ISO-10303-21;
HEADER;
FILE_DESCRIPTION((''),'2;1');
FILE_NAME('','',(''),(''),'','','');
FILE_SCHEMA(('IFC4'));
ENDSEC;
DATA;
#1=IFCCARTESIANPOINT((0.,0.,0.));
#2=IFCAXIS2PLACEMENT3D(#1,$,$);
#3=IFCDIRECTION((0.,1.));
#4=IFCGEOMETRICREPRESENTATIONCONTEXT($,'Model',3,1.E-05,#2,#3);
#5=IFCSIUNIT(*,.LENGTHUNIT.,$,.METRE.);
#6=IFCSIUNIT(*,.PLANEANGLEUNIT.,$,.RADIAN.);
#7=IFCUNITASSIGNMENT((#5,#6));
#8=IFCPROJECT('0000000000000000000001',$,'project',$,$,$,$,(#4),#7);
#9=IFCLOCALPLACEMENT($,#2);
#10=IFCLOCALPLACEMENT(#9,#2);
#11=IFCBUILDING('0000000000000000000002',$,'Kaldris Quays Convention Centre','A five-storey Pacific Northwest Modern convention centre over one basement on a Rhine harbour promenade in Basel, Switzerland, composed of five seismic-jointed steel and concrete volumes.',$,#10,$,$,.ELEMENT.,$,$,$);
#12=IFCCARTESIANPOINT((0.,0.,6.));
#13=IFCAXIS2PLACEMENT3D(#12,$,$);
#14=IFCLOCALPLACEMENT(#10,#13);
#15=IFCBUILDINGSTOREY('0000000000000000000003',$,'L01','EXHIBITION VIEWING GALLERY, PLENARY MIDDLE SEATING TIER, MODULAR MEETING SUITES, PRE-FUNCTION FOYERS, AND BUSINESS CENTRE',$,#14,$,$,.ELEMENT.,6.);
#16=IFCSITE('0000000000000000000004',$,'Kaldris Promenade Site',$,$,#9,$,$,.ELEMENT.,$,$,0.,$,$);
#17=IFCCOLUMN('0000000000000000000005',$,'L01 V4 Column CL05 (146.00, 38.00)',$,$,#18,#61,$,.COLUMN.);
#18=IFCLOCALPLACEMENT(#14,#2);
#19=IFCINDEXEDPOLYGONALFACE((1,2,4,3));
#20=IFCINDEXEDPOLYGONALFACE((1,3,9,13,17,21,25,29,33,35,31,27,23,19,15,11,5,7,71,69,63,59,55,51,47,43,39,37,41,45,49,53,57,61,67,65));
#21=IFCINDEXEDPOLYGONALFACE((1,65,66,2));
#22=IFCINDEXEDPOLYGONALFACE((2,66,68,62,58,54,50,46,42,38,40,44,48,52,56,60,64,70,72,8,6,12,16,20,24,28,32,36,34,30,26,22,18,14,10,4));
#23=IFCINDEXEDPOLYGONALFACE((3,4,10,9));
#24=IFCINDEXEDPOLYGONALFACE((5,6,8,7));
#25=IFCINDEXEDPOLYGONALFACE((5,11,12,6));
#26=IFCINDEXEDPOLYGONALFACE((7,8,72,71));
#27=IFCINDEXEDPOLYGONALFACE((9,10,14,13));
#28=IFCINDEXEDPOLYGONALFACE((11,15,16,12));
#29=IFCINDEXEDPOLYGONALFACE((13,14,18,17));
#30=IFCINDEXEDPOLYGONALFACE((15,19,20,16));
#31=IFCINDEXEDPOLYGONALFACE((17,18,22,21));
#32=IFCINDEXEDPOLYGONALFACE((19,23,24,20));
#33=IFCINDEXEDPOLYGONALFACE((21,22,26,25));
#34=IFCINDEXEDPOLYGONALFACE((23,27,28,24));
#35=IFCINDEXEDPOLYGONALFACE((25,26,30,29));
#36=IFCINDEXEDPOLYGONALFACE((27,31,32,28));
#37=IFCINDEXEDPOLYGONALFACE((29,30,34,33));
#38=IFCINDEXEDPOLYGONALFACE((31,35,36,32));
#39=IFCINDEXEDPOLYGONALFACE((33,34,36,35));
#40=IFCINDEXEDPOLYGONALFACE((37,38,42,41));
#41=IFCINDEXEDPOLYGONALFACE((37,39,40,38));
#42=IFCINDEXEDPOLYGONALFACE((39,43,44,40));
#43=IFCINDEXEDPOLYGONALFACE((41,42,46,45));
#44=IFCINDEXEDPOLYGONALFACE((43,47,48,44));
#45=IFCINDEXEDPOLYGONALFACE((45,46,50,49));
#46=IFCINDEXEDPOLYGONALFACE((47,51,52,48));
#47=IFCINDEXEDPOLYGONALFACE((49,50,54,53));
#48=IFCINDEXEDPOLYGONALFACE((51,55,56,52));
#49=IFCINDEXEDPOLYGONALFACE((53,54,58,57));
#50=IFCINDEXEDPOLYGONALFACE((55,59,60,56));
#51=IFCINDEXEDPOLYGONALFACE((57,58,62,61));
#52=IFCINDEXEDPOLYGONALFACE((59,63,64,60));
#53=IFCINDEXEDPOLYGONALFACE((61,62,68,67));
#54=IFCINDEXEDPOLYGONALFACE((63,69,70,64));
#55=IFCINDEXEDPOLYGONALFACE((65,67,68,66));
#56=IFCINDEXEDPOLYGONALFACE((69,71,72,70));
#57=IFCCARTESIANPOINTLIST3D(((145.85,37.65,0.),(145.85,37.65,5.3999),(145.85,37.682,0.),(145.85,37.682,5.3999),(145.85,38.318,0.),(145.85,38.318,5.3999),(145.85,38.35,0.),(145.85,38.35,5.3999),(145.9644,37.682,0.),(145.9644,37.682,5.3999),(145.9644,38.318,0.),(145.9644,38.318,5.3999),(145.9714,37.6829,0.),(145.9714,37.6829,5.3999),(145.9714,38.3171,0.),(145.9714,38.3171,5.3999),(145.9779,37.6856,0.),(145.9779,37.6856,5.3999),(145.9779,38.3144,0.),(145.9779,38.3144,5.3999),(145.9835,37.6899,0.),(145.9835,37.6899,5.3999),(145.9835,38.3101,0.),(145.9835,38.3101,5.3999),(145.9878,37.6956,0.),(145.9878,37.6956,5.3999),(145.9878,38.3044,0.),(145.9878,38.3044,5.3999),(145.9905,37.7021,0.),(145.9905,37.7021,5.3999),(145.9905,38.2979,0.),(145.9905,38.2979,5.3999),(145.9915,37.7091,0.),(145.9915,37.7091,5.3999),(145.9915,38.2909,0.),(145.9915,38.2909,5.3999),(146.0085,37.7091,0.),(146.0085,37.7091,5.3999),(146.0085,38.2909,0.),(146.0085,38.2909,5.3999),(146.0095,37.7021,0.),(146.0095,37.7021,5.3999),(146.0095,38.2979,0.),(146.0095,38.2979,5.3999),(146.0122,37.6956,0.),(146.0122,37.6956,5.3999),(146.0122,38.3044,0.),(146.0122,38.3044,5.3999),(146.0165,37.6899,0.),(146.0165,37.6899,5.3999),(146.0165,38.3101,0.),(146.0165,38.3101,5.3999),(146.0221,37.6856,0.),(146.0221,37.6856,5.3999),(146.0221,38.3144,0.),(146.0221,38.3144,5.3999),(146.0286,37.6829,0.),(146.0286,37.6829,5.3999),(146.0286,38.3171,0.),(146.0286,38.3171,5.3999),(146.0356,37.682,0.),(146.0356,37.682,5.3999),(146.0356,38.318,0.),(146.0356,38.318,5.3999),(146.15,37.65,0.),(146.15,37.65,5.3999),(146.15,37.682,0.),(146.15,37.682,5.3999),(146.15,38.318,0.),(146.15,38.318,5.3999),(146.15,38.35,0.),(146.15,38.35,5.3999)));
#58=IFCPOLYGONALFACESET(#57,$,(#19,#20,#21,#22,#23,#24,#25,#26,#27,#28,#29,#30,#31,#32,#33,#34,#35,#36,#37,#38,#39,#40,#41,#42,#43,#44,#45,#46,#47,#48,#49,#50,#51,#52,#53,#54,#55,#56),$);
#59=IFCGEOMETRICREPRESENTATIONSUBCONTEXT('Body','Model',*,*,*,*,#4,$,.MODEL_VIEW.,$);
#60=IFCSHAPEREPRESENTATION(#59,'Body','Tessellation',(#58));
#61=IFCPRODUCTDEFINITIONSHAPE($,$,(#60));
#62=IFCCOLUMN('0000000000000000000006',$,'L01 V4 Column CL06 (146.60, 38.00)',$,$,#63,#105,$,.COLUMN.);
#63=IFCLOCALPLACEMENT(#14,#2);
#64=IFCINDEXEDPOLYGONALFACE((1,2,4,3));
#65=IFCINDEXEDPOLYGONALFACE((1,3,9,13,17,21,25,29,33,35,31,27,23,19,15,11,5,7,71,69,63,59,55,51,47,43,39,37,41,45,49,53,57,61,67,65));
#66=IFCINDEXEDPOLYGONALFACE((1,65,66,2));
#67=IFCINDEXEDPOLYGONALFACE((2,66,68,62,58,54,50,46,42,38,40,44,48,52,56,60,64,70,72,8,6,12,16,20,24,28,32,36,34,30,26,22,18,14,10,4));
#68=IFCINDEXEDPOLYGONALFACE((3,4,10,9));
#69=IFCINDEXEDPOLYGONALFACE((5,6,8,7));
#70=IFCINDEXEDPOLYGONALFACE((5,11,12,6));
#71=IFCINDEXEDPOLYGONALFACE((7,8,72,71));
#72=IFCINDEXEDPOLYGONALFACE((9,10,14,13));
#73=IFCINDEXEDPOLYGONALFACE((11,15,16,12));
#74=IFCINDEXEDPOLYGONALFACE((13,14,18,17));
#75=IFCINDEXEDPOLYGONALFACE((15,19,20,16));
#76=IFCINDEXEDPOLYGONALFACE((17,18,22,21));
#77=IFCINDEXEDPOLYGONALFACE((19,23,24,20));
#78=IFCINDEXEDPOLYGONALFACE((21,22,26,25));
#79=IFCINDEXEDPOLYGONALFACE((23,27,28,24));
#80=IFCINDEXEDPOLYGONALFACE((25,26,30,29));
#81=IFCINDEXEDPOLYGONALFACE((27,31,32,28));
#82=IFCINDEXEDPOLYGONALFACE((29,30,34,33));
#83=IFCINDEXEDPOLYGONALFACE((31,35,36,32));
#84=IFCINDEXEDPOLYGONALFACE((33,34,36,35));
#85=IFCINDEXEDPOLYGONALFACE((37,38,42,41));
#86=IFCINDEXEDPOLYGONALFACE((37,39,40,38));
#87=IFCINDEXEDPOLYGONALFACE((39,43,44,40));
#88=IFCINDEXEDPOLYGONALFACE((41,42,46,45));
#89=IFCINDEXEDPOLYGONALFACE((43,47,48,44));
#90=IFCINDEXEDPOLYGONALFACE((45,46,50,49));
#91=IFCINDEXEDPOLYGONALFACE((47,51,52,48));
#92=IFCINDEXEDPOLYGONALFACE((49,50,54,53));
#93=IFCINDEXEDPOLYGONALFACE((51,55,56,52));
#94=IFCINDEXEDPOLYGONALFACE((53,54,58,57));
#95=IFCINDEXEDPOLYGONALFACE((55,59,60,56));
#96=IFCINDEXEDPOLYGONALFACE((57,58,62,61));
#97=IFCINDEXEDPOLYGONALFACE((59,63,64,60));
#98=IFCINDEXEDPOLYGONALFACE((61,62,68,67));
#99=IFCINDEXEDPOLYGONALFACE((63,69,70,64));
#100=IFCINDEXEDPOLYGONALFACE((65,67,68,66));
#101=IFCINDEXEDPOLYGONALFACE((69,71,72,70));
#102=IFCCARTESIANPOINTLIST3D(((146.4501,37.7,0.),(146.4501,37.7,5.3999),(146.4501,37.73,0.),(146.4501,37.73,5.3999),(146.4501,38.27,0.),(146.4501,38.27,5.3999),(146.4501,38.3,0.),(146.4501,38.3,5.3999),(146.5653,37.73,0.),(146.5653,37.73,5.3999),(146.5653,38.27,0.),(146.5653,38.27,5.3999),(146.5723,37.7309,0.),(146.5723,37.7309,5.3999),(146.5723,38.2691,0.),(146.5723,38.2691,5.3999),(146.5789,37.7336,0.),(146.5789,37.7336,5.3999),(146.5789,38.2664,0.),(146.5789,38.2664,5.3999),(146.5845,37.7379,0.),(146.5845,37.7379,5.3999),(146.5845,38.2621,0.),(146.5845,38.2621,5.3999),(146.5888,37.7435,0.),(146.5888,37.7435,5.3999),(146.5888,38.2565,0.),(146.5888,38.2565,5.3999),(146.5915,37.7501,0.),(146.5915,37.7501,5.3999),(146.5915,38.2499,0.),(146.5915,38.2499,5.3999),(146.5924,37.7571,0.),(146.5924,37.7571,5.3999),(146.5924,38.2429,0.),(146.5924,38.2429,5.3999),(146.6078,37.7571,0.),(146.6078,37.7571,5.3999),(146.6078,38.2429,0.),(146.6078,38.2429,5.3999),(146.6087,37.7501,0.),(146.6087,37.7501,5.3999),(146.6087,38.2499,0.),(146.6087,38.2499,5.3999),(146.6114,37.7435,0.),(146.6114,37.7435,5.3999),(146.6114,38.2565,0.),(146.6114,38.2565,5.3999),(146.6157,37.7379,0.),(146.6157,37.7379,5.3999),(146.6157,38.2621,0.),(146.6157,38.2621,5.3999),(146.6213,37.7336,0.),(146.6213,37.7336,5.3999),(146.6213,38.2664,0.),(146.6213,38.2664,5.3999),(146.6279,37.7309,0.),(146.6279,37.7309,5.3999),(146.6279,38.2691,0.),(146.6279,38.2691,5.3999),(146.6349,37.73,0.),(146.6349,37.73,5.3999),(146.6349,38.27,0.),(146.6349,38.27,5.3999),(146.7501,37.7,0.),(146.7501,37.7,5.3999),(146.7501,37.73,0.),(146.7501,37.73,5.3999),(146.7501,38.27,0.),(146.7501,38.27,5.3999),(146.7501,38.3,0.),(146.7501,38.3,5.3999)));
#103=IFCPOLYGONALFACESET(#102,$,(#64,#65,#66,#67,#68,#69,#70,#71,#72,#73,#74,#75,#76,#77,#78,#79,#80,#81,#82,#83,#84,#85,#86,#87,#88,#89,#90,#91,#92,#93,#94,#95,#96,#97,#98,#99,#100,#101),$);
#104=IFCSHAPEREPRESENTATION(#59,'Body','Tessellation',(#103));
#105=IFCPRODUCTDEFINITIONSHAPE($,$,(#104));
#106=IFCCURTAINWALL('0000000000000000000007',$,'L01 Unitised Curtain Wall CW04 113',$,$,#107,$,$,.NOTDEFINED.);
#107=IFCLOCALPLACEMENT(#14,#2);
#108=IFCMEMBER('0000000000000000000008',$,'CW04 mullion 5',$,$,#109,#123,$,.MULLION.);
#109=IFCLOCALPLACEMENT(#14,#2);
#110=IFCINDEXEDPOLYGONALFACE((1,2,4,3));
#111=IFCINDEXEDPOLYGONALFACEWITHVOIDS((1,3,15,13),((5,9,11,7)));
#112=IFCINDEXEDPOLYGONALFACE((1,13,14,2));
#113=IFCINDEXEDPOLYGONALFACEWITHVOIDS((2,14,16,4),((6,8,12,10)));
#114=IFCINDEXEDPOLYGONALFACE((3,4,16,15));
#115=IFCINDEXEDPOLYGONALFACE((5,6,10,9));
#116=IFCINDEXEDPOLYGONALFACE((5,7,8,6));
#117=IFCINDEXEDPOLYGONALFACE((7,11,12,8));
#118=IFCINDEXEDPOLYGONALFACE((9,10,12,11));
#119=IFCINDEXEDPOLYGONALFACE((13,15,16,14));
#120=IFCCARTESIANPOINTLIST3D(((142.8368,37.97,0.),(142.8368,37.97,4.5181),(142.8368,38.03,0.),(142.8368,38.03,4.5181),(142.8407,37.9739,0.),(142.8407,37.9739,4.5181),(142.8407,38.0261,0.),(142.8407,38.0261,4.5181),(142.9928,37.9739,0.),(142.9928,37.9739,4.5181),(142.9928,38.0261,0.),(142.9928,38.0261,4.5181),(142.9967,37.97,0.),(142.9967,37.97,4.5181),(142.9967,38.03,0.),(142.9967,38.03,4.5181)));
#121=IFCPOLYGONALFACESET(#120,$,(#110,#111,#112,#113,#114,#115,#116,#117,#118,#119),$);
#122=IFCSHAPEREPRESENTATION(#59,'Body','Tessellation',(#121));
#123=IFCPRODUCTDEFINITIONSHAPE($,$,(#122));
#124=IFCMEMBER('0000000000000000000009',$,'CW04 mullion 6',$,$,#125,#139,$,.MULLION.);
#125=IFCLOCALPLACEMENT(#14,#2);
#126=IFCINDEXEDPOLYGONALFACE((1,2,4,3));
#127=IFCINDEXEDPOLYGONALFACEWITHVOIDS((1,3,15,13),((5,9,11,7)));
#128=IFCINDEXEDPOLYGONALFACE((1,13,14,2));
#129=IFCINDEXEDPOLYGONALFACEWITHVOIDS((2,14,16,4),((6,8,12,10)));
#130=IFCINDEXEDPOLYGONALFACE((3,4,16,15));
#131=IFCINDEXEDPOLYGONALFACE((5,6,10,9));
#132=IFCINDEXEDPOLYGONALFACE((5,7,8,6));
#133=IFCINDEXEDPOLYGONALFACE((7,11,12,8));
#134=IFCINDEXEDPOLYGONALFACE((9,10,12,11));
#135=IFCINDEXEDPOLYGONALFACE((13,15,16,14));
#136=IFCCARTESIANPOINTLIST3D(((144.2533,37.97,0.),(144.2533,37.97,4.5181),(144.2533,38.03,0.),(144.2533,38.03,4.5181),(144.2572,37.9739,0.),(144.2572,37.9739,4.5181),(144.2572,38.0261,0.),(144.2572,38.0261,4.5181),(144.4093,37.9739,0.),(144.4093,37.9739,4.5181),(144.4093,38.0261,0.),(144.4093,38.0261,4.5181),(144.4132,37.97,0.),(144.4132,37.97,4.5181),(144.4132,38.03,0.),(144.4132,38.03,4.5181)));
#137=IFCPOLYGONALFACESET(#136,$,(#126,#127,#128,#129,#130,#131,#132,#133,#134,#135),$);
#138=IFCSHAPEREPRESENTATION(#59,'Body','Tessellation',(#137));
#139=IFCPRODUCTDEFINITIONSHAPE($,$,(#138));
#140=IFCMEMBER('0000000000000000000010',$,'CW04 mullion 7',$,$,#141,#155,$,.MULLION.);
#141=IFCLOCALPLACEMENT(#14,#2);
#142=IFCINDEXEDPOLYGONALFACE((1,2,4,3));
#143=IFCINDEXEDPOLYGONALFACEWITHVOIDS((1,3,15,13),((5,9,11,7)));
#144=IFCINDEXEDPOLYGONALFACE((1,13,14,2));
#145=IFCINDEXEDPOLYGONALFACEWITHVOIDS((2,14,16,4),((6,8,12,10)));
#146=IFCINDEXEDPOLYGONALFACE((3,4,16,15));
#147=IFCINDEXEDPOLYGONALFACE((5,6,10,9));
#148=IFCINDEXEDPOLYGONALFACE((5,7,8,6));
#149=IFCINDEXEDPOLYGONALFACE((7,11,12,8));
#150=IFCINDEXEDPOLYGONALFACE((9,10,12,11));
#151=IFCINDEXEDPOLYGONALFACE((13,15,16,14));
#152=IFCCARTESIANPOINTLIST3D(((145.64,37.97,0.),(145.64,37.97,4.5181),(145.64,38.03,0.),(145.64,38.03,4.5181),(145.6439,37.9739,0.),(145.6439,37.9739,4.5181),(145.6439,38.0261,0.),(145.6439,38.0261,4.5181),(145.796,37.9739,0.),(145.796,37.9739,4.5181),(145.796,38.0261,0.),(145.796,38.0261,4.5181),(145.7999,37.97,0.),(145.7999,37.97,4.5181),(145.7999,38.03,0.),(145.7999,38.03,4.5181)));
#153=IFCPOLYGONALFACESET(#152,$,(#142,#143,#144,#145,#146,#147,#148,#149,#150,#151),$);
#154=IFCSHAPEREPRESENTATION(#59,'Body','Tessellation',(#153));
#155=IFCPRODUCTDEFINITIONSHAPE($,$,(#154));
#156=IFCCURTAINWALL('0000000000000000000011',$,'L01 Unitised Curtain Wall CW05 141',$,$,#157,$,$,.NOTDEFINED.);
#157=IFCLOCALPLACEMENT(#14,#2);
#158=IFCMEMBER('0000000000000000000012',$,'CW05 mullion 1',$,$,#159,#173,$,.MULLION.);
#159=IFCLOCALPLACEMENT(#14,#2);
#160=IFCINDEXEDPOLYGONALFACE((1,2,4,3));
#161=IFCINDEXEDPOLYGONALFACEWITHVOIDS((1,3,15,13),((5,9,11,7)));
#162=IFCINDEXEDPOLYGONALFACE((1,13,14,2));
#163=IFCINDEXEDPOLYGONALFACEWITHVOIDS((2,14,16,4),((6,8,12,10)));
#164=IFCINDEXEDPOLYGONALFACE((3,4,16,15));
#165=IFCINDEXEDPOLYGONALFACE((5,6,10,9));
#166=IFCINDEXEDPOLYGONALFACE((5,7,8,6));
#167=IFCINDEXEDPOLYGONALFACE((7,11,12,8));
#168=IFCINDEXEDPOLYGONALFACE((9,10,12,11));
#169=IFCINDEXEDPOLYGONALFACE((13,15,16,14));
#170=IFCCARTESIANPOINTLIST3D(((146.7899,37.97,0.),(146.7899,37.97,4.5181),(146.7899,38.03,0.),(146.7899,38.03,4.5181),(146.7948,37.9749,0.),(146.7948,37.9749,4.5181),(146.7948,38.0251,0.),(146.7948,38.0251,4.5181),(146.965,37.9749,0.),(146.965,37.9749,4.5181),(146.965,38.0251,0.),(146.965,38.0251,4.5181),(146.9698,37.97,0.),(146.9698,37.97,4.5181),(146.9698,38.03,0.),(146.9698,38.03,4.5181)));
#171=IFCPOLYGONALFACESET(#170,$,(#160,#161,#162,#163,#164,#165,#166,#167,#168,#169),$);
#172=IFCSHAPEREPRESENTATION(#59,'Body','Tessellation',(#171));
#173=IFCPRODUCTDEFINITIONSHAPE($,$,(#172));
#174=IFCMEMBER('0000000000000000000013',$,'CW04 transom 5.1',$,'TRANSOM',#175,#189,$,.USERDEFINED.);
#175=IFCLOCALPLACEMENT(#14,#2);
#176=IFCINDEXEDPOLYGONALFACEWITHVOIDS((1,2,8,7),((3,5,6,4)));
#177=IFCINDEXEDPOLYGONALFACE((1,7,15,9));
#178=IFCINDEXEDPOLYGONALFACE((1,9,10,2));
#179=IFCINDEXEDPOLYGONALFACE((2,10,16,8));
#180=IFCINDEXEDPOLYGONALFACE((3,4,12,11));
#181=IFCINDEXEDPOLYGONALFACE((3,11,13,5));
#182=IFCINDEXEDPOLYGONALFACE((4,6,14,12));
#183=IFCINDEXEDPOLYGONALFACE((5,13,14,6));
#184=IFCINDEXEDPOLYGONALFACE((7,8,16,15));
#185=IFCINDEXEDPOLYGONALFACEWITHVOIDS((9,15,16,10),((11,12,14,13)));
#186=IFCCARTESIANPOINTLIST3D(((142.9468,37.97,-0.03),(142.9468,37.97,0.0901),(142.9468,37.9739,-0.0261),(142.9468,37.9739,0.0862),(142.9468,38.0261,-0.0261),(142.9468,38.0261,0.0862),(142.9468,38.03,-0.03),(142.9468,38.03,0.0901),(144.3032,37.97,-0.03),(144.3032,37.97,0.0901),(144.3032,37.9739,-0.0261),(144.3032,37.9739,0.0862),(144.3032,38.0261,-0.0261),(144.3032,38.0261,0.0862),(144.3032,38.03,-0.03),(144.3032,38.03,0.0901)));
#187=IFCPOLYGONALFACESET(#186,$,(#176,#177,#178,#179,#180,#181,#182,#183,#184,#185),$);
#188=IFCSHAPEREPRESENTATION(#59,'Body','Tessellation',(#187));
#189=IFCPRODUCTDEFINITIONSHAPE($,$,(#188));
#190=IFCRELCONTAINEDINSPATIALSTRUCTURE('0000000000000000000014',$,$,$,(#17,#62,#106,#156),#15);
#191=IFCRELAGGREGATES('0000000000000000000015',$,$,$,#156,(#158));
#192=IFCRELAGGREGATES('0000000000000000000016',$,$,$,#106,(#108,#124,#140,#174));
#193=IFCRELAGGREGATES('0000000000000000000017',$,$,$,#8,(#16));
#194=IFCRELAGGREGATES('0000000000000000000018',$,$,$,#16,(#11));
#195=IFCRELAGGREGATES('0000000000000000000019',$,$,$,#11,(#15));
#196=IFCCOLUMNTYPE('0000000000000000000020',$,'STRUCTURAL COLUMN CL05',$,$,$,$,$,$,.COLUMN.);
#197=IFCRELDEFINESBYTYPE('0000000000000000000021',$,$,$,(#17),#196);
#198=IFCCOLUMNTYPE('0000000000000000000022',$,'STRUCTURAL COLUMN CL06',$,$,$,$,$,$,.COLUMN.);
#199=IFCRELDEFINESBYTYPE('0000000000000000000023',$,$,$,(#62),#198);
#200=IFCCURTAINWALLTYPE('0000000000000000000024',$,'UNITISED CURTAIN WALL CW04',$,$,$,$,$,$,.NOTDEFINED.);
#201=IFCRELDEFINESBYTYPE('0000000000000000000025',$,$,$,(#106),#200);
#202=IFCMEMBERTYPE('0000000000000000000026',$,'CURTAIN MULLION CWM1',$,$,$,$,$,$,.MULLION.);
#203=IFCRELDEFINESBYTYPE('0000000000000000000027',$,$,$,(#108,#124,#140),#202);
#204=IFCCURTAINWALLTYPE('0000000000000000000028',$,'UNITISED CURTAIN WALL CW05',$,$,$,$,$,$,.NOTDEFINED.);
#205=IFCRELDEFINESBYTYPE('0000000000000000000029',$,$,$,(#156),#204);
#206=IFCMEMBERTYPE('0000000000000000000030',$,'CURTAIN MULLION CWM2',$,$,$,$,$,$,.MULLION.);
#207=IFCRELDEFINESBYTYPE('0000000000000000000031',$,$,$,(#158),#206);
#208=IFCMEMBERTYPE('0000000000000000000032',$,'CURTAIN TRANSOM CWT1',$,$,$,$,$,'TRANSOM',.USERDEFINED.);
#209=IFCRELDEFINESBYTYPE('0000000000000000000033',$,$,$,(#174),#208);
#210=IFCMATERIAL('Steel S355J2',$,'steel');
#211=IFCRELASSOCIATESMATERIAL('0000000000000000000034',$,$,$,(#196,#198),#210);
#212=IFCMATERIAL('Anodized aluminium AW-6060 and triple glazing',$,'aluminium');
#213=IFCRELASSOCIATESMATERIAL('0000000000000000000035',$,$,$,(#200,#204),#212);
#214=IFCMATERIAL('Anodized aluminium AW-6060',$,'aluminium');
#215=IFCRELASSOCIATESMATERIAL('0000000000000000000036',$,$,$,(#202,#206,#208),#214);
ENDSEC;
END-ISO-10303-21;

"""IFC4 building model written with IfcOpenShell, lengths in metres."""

from ifc_helpers import new_model, si_unit, direction, frame, origin, origin_2d, place, context, subcontext, project, spatial, hollow_rectangle, i_section, extrude, material, material_profile, profile_set, type_object, element, aggregate, save


model = new_model("IFC4")

# Units and contexts
model_context = context("Model", 3, precision=1e-05, world=origin(), true_north=direction((0.0, 1.0)))
body_context = subcontext(model_context, "Body", "Model", "MODEL_VIEW")
ifc_project = project(units=[si_unit("LENGTHUNIT", "METRE"), si_unit("PLANEANGLEUNIT", "RADIAN")], contexts=[model_context])

# Site, building, storey
site_placement = place(None, origin())
site = spatial("IfcSite", under=ifc_project, at=site_placement, Name="Kaldris Promenade Site", CompositionType="ELEMENT", RefElevation=0.0)
building_placement = place(site_placement, origin())
building = spatial("IfcBuilding", under=site, at=building_placement, Name="Kaldris Quays Convention Centre", Description="A five-storey Pacific Northwest Modern convention centre over one basement on a Rhine harbour promenade in Basel, Switzerland, composed of five seismic-jointed steel and concrete volumes.", CompositionType="ELEMENT")
storey_placement = place(building_placement, frame((0.0, 0.0, 6.0)))
storey = spatial("IfcBuildingStorey", under=building, at=storey_placement, Name="L01", Description="EXHIBITION VIEWING GALLERY, PLENARY MIDDLE SEATING TIER, MODULAR MEETING SUITES, PRE-FUNCTION FOYERS, AND BUSINESS CENTRE", CompositionType="ELEMENT", Elevation=6.0)

# Columns
ifc_material_1 = material(Name="Steel S355J2", Category="steel")
ifc_material_profile_1 = material_profile(ifc_material_1, i_section(OverallWidth=0.3, OverallDepth=0.7, WebThickness=0.0171, FlangeThickness=0.032, FilletRadius=0.0271, at=origin_2d()), Name="HEB 700")
ifc_profile_set_1 = profile_set([ifc_material_profile_1], Name="Steel S355J2")
column_type_1 = type_object("IfcColumnType", Name="STRUCTURAL COLUMN CL05", PredefinedType="COLUMN", material=ifc_profile_set_1)
column_1_placement = place(storey_placement, frame((146.0, 38.0, 0.0), z_axis=(0.0, 0.0, 1.0), x_axis=(1.0, 0.0, 0.0)))
element("IfcColumn", 1, at=column_1_placement, inside=storey, type_object=column_type_1, Name="L01 V4 Column CL05 (146.00, 38.00)", PredefinedType="COLUMN", context=body_context, shape_type="SweptSolid", body=[
    extrude(i_section(OverallWidth=0.3, OverallDepth=0.7, WebThickness=0.0171, FlangeThickness=0.032, FilletRadius=0.0271, at=origin_2d()), origin(), (0.0, 0.0, 1.0), 5.3999),
])
ifc_material_profile_2 = material_profile(ifc_material_1, i_section(OverallWidth=0.3, OverallDepth=0.6001, WebThickness=0.0154, FlangeThickness=0.03, FilletRadius=0.0271, at=origin_2d()), Name="HEB 600")
ifc_profile_set_2 = profile_set([ifc_material_profile_2], Name="Steel S355J2")
column_type_2 = type_object("IfcColumnType", Name="STRUCTURAL COLUMN CL06", PredefinedType="COLUMN", material=ifc_profile_set_2)
column_2_placement = place(storey_placement, frame((146.6001, 38.0, 0.0), z_axis=(0.0, 0.0, 1.0), x_axis=(1.0, 0.0, 0.0)))
element("IfcColumn", 2, at=column_2_placement, inside=storey, type_object=column_type_2, Name="L01 V4 Column CL06 (146.60, 38.00)", PredefinedType="COLUMN", context=body_context, shape_type="SweptSolid", body=[
    extrude(i_section(OverallWidth=0.3, OverallDepth=0.6001, WebThickness=0.0154, FlangeThickness=0.03, FilletRadius=0.0271, at=origin_2d()), origin(), (0.0, 0.0, 1.0), 5.3999),
])

# Curtain wall, members
ifc_material_2 = material(Name="Anodized aluminium AW-6060 and triple glazing", Category="aluminium")
curtain_wall_type_1 = type_object("IfcCurtainWallType", Name="UNITISED CURTAIN WALL CW04", PredefinedType="NOTDEFINED", material=ifc_material_2)
curtain_wall_1_placement = place(storey_placement, origin())
curtain_wall_1 = element("IfcCurtainWall", 3, at=curtain_wall_1_placement, inside=storey, type_object=curtain_wall_type_1, Name="L01 Unitised Curtain Wall CW04 113", PredefinedType="NOTDEFINED")
ifc_material_3 = material(Name="Anodized aluminium AW-6060", Category="aluminium")
ifc_material_profile_3 = material_profile(ifc_material_3, hollow_rectangle(XDim=0.0601, YDim=0.1599, WallThickness=0.0039, at=origin_2d()), Name="RHS 160x60x4")
ifc_profile_set_3 = profile_set([ifc_material_profile_3], Name="Anodized aluminium AW-6060")
member_type_1 = type_object("IfcMemberType", Name="CURTAIN MULLION CWM1", PredefinedType="MULLION", material=ifc_profile_set_3)
member_1_placement = place(storey_placement, frame((142.9167, 38.0, 0.0), z_axis=(0.0, 0.0, 1.0), x_axis=(0.0, 1.0, 0.0)))
member_1 = element("IfcMember", 4, at=member_1_placement, type_object=member_type_1, Name="CW04 mullion 5", PredefinedType="MULLION", context=body_context, shape_type="SweptSolid", body=[
    extrude(hollow_rectangle(XDim=0.0601, YDim=0.1599, WallThickness=0.0039, at=origin_2d()), origin(), (0.0, 0.0, 1.0), 4.5181),
])
member_2_placement = place(storey_placement, frame((144.3333, 38.0, 0.0), z_axis=(0.0, 0.0, 1.0), x_axis=(0.0, 1.0, 0.0)))
member_2 = element("IfcMember", 5, at=member_2_placement, type_object=member_type_1, Name="CW04 mullion 6", PredefinedType="MULLION", context=body_context, shape_type="SweptSolid", body=[
    extrude(hollow_rectangle(XDim=0.0601, YDim=0.1599, WallThickness=0.0039, at=origin_2d()), origin(), (0.0, 0.0, 1.0), 4.5181),
])
member_3_placement = place(storey_placement, frame((145.72, 38.0, 0.0), z_axis=(0.0, 0.0, 1.0), x_axis=(0.0, 1.0, 0.0)))
member_3 = element("IfcMember", 6, at=member_3_placement, type_object=member_type_1, Name="CW04 mullion 7", PredefinedType="MULLION", context=body_context, shape_type="SweptSolid", body=[
    extrude(hollow_rectangle(XDim=0.0601, YDim=0.1599, WallThickness=0.0039, at=origin_2d()), origin(), (0.0, 0.0, 1.0), 4.5181),
])

# Curtain wall, member
curtain_wall_type_2 = type_object("IfcCurtainWallType", Name="UNITISED CURTAIN WALL CW05", PredefinedType="NOTDEFINED", material=ifc_material_2)
curtain_wall_2_placement = place(storey_placement, origin())
curtain_wall_2 = element("IfcCurtainWall", 7, at=curtain_wall_2_placement, inside=storey, type_object=curtain_wall_type_2, Name="L01 Unitised Curtain Wall CW05 141", PredefinedType="NOTDEFINED")
ifc_material_profile_4 = material_profile(ifc_material_3, hollow_rectangle(XDim=0.0601, YDim=0.1799, WallThickness=0.0049, at=origin_2d()), Name="RHS 180x60x5")
ifc_profile_set_4 = profile_set([ifc_material_profile_4], Name="Anodized aluminium AW-6060")
member_type_2 = type_object("IfcMemberType", Name="CURTAIN MULLION CWM2", PredefinedType="MULLION", material=ifc_profile_set_4)
member_4_placement = place(storey_placement, frame((146.8799, 38.0, 0.0), z_axis=(0.0, 0.0, 1.0), x_axis=(0.0, 1.0, 0.0)))
member_4 = element("IfcMember", 8, at=member_4_placement, type_object=member_type_2, Name="CW05 mullion 1", PredefinedType="MULLION", context=body_context, shape_type="SweptSolid", body=[
    extrude(hollow_rectangle(XDim=0.0601, YDim=0.1799, WallThickness=0.0049, at=origin_2d()), origin(), (0.0, 0.0, 1.0), 4.5181),
])
aggregate(curtain_wall_2, [member_4])

# Member
ifc_material_profile_5 = material_profile(ifc_material_3, hollow_rectangle(XDim=0.0601, YDim=0.1201, WallThickness=0.0039, at=origin_2d()), Name="RHS 120x60x4")
ifc_profile_set_5 = profile_set([ifc_material_profile_5], Name="Anodized aluminium AW-6060")
member_type_3 = type_object("IfcMemberType", Name="CURTAIN TRANSOM CWT1", ElementType="TRANSOM", PredefinedType="USERDEFINED", material=ifc_profile_set_5)
member_5_placement = place(storey_placement, frame((142.9468, 38.0, 0.03), z_axis=(1.0, 0.0, 0.0), x_axis=(0.0, 1.0, 0.0)))
member_5 = element("IfcMember", 9, at=member_5_placement, type_object=member_type_3, Name="CW04 transom 5.1", ObjectType="TRANSOM", PredefinedType="USERDEFINED", context=body_context, shape_type="SweptSolid", body=[
    extrude(hollow_rectangle(XDim=0.0601, YDim=0.1201, WallThickness=0.0039, at=origin_2d()), origin(), (0.0, 0.0, 1.0), 1.3564),
])

aggregate(curtain_wall_1, [member_1, member_2, member_3, member_5])

save(model, "model.ifc")
